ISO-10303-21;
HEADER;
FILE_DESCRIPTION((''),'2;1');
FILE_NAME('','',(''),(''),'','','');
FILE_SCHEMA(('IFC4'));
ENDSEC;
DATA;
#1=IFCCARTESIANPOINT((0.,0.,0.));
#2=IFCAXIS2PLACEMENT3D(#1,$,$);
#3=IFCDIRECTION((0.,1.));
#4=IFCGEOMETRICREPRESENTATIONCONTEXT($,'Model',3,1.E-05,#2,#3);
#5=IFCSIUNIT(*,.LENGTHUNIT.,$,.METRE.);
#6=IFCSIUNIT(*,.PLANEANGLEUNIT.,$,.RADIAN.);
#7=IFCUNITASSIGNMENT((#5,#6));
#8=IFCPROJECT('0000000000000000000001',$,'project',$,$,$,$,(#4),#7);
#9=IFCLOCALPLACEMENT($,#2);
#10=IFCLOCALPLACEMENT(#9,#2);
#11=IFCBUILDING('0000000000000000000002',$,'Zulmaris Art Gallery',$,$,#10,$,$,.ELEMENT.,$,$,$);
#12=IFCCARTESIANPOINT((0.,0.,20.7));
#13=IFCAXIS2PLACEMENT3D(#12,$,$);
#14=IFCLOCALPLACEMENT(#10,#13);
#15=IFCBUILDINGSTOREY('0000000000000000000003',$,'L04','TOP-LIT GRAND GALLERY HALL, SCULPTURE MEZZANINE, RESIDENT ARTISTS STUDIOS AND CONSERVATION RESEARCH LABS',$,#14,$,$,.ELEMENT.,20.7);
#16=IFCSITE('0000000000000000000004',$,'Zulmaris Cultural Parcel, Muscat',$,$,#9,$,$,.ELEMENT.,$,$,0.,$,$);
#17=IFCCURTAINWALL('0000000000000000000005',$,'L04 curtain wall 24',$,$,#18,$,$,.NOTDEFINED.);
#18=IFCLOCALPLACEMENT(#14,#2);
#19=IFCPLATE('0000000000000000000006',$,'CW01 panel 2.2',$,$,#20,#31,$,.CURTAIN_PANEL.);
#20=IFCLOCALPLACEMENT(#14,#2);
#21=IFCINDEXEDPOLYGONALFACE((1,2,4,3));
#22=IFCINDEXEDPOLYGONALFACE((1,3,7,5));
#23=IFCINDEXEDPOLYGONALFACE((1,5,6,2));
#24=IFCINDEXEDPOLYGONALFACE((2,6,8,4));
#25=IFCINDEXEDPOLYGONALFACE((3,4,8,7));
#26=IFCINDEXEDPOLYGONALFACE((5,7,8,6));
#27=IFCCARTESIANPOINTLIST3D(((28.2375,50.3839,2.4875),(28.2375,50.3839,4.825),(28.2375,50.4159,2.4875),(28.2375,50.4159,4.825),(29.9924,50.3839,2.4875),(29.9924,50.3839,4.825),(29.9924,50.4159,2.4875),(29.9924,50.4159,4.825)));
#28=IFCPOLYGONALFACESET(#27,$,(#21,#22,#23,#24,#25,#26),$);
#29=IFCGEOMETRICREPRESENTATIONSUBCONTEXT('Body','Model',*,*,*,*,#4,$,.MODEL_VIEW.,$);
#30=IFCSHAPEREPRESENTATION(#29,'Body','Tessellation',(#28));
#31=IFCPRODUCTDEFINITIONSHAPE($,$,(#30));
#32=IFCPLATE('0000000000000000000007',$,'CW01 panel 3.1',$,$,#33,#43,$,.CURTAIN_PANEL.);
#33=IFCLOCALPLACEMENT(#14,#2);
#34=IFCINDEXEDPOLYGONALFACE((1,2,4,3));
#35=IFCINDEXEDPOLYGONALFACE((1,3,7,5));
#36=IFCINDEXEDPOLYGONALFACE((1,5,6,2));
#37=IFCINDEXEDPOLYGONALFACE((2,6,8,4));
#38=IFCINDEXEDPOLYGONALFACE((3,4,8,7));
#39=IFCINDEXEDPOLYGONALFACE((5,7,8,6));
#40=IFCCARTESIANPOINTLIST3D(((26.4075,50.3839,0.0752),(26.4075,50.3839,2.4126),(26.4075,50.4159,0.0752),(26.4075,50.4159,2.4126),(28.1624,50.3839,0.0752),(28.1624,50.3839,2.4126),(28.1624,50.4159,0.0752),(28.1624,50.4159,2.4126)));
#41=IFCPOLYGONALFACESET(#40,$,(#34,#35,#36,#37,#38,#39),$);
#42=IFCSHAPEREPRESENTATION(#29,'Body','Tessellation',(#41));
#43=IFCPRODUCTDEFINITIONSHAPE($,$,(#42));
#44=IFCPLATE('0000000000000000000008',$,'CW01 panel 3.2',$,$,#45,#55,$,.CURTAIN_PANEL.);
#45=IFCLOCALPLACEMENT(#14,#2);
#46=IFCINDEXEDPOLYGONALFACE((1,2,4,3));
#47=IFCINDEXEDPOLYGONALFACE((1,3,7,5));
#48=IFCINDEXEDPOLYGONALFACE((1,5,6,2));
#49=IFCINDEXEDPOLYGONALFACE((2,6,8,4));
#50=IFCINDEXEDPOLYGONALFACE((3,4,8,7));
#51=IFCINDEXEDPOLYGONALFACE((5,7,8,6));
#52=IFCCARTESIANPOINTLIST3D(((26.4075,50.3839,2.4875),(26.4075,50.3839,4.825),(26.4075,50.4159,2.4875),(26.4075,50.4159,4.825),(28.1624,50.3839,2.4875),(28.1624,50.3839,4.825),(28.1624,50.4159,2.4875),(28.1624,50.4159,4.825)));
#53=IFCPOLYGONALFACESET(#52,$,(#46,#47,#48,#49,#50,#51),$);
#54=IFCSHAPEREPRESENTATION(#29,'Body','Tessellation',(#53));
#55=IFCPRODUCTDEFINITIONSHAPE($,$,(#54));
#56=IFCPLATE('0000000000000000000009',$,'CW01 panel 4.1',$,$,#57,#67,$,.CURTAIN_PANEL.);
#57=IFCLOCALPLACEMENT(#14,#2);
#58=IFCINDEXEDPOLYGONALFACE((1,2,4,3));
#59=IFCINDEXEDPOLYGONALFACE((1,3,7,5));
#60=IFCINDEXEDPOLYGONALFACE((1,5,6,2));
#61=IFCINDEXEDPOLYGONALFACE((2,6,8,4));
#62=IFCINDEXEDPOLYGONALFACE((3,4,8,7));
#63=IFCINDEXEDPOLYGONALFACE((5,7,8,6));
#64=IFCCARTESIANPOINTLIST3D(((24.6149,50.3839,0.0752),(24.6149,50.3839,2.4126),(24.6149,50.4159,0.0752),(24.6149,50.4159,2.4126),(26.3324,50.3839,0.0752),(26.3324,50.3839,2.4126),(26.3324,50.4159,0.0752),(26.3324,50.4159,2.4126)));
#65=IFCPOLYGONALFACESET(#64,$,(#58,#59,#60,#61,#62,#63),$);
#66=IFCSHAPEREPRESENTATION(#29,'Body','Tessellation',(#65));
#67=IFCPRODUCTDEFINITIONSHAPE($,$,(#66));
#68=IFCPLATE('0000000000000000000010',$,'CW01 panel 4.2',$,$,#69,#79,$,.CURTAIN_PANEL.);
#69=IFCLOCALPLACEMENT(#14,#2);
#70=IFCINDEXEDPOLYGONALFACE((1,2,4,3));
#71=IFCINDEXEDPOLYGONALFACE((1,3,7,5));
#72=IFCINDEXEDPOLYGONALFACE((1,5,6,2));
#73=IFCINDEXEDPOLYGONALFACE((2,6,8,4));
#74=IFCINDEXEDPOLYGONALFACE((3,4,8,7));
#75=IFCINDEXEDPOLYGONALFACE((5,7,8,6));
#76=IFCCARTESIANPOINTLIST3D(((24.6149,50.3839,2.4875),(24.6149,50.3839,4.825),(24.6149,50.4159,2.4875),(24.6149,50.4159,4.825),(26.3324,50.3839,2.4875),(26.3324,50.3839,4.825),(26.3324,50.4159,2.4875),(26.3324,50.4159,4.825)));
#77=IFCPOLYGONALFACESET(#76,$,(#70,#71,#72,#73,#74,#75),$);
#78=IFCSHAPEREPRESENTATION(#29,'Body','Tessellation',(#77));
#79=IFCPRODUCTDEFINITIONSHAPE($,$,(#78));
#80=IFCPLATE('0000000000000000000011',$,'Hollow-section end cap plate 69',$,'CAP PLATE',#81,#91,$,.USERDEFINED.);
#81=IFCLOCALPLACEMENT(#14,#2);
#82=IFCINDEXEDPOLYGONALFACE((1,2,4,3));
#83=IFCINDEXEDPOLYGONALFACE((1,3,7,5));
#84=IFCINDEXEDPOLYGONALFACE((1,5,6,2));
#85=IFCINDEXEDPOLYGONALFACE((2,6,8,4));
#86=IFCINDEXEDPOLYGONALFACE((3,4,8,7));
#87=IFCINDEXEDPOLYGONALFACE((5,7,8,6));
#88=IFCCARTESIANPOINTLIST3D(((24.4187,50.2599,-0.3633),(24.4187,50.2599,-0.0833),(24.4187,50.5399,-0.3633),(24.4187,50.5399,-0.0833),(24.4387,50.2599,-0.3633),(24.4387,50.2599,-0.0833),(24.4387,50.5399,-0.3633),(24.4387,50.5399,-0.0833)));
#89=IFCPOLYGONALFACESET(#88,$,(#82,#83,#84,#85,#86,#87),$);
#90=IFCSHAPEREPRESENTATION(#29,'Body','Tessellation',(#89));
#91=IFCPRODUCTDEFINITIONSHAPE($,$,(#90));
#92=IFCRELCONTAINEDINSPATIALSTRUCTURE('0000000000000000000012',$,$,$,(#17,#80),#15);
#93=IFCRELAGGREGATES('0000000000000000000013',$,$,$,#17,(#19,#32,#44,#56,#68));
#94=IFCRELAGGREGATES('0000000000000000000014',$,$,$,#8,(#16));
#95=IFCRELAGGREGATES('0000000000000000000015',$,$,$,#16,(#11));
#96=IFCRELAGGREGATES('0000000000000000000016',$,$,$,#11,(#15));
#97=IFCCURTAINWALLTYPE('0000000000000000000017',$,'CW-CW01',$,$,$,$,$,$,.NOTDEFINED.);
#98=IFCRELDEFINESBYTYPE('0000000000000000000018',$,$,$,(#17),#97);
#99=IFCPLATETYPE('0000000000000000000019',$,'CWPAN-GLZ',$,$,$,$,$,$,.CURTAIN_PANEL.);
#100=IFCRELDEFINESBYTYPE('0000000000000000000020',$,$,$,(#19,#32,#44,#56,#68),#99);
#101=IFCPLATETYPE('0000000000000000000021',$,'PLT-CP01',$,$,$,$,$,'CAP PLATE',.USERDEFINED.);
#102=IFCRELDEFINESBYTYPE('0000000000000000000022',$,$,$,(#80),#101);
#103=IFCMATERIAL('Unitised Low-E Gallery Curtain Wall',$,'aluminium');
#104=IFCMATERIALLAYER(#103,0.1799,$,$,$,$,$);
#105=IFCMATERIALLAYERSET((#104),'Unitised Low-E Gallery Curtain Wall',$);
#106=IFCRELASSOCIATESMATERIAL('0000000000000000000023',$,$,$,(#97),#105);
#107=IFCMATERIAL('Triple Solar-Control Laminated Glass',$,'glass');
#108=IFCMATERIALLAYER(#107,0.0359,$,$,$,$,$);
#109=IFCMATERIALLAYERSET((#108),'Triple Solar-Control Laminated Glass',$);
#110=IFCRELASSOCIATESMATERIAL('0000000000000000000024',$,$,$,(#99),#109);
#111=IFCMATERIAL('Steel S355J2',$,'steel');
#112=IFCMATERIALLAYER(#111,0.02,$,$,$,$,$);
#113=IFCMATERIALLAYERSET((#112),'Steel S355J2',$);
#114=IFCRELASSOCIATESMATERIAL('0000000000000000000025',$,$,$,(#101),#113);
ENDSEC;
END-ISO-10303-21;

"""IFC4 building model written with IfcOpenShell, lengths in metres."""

from ifc_helpers import new_model, si_unit, direction, frame, origin, origin_2d, place, context, subcontext, project, spatial, rectangle, extrude, material, layer, layer_set, type_object, element, aggregate, save


model = new_model("IFC4")

# Units and contexts
model_context = context("Model", 3, precision=1e-05, world=origin(), true_north=direction((0.0, 1.0)))
body_context = subcontext(model_context, "Body", "Model", "MODEL_VIEW")
ifc_project = project(units=[si_unit("LENGTHUNIT", "METRE"), si_unit("PLANEANGLEUNIT", "RADIAN")], contexts=[model_context])

# Site, building, storey
site_placement = place(None, origin())
site = spatial("IfcSite", under=ifc_project, at=site_placement, Name="Zulmaris Cultural Parcel, Muscat", CompositionType="ELEMENT", RefElevation=0.0)
building_placement = place(site_placement, origin())
building = spatial("IfcBuilding", under=site, at=building_placement, Name="Zulmaris Art Gallery", CompositionType="ELEMENT")
storey_placement = place(building_placement, frame((0.0, 0.0, 20.7)))
storey = spatial("IfcBuildingStorey", under=building, at=storey_placement, Name="L04", Description="TOP-LIT GRAND GALLERY HALL, SCULPTURE MEZZANINE, RESIDENT ARTISTS STUDIOS AND CONSERVATION RESEARCH LABS", CompositionType="ELEMENT", Elevation=20.7)

# Shared definitions
ifc_material_1 = material(Name="Steel S355J2", Category="steel")

# Curtain wall
ifc_material_2 = material(Name="Unitised Low-E Gallery Curtain Wall", Category="aluminium")
ifc_layer_1 = layer(ifc_material_2, 0.1799)
ifc_layer_set_1 = layer_set([ifc_layer_1], Name="Unitised Low-E Gallery Curtain Wall")
curtain_wall_type = type_object("IfcCurtainWallType", Name="CW-CW01", PredefinedType="NOTDEFINED", material=ifc_layer_set_1)
curtain_wall_placement = place(storey_placement, origin())
curtain_wall = element("IfcCurtainWall", 1, at=curtain_wall_placement, inside=storey, type_object=curtain_wall_type, Name="L04 curtain wall 24", PredefinedType="NOTDEFINED")

# Plates
ifc_material_3 = material(Name="Triple Solar-Control Laminated Glass", Category="glass")
ifc_layer_2 = layer(ifc_material_3, 0.0359)
ifc_layer_set_2 = layer_set([ifc_layer_2], Name="Triple Solar-Control Laminated Glass")
plate_type_1 = type_object("IfcPlateType", Name="CWPAN-GLZ", PredefinedType="CURTAIN_PANEL", material=ifc_layer_set_2)
plate_1_placement = place(storey_placement, frame((29.115, 50.3999, 2.4875), z_axis=(0.0, 0.0, 1.0), x_axis=(-1.0, 0.0, 0.0)))
plate_1 = element("IfcPlate", 2, at=plate_1_placement, type_object=plate_type_1, Name="CW01 panel 2.2", PredefinedType="CURTAIN_PANEL", context=body_context, shape_type="SweptSolid", body=[
    extrude(rectangle(XDim=1.7549, YDim=0.032, at=origin_2d()), origin(), (0.0, 0.0, 1.0), 2.3374),
])
plate_2_placement = place(storey_placement, frame((27.2849, 50.3999, 0.0752), z_axis=(0.0, 0.0, 1.0), x_axis=(-1.0, 0.0, 0.0)))
plate_2 = element("IfcPlate", 3, at=plate_2_placement, type_object=plate_type_1, Name="CW01 panel 3.1", PredefinedType="CURTAIN_PANEL", context=body_context, shape_type="SweptSolid", body=[
    extrude(rectangle(XDim=1.7549, YDim=0.032, at=origin_2d()), origin(), (0.0, 0.0, 1.0), 2.3374),
])
plate_3_placement = place(storey_placement, frame((27.2849, 50.3999, 2.4875), z_axis=(0.0, 0.0, 1.0), x_axis=(-1.0, 0.0, 0.0)))
plate_3 = element("IfcPlate", 4, at=plate_3_placement, type_object=plate_type_1, Name="CW01 panel 3.2", PredefinedType="CURTAIN_PANEL", context=body_context, shape_type="SweptSolid", body=[
    extrude(rectangle(XDim=1.7549, YDim=0.032, at=origin_2d()), origin(), (0.0, 0.0, 1.0), 2.3374),
])
plate_4_placement = place(storey_placement, frame((25.4736, 50.3999, 0.0752), z_axis=(0.0, 0.0, 1.0), x_axis=(-1.0, 0.0, 0.0)))
plate_4 = element("IfcPlate", 5, at=plate_4_placement, type_object=plate_type_1, Name="CW01 panel 4.1", PredefinedType="CURTAIN_PANEL", context=body_context, shape_type="SweptSolid", body=[
    extrude(rectangle(XDim=1.7175, YDim=0.032, at=origin_2d()), origin(), (0.0, 0.0, 1.0), 2.3374),
])
plate_5_placement = place(storey_placement, frame((25.4736, 50.3999, 2.4875), z_axis=(0.0, 0.0, 1.0), x_axis=(-1.0, 0.0, 0.0)))
plate_5 = element("IfcPlate", 6, at=plate_5_placement, type_object=plate_type_1, Name="CW01 panel 4.2", PredefinedType="CURTAIN_PANEL", context=body_context, shape_type="SweptSolid", body=[
    extrude(rectangle(XDim=1.7175, YDim=0.032, at=origin_2d()), origin(), (0.0, 0.0, 1.0), 2.3374),
])
aggregate(curtain_wall, [plate_1, plate_2, plate_3, plate_4, plate_5])
ifc_layer_3 = layer(ifc_material_1, 0.02)
ifc_layer_set_3 = layer_set([ifc_layer_3], Name="Steel S355J2")
plate_type_2 = type_object("IfcPlateType", Name="PLT-CP01", ElementType="CAP PLATE", PredefinedType="USERDEFINED", material=ifc_layer_set_3)
plate_6_placement = place(storey_placement, frame((24.4287, 50.3999, -0.3633), z_axis=(0.0, 0.0, 1.0), x_axis=(1.0, 0.0, 0.0)))
element("IfcPlate", 7, at=plate_6_placement, inside=storey, type_object=plate_type_2, Name="Hollow-section end cap plate 69", ObjectType="CAP PLATE", PredefinedType="USERDEFINED", context=body_context, shape_type="SweptSolid", body=[
    extrude(rectangle(XDim=0.02, YDim=0.28, at=origin_2d()), origin(), (0.0, 0.0, 1.0), 0.28),
])

save(model, "model.ifc")
